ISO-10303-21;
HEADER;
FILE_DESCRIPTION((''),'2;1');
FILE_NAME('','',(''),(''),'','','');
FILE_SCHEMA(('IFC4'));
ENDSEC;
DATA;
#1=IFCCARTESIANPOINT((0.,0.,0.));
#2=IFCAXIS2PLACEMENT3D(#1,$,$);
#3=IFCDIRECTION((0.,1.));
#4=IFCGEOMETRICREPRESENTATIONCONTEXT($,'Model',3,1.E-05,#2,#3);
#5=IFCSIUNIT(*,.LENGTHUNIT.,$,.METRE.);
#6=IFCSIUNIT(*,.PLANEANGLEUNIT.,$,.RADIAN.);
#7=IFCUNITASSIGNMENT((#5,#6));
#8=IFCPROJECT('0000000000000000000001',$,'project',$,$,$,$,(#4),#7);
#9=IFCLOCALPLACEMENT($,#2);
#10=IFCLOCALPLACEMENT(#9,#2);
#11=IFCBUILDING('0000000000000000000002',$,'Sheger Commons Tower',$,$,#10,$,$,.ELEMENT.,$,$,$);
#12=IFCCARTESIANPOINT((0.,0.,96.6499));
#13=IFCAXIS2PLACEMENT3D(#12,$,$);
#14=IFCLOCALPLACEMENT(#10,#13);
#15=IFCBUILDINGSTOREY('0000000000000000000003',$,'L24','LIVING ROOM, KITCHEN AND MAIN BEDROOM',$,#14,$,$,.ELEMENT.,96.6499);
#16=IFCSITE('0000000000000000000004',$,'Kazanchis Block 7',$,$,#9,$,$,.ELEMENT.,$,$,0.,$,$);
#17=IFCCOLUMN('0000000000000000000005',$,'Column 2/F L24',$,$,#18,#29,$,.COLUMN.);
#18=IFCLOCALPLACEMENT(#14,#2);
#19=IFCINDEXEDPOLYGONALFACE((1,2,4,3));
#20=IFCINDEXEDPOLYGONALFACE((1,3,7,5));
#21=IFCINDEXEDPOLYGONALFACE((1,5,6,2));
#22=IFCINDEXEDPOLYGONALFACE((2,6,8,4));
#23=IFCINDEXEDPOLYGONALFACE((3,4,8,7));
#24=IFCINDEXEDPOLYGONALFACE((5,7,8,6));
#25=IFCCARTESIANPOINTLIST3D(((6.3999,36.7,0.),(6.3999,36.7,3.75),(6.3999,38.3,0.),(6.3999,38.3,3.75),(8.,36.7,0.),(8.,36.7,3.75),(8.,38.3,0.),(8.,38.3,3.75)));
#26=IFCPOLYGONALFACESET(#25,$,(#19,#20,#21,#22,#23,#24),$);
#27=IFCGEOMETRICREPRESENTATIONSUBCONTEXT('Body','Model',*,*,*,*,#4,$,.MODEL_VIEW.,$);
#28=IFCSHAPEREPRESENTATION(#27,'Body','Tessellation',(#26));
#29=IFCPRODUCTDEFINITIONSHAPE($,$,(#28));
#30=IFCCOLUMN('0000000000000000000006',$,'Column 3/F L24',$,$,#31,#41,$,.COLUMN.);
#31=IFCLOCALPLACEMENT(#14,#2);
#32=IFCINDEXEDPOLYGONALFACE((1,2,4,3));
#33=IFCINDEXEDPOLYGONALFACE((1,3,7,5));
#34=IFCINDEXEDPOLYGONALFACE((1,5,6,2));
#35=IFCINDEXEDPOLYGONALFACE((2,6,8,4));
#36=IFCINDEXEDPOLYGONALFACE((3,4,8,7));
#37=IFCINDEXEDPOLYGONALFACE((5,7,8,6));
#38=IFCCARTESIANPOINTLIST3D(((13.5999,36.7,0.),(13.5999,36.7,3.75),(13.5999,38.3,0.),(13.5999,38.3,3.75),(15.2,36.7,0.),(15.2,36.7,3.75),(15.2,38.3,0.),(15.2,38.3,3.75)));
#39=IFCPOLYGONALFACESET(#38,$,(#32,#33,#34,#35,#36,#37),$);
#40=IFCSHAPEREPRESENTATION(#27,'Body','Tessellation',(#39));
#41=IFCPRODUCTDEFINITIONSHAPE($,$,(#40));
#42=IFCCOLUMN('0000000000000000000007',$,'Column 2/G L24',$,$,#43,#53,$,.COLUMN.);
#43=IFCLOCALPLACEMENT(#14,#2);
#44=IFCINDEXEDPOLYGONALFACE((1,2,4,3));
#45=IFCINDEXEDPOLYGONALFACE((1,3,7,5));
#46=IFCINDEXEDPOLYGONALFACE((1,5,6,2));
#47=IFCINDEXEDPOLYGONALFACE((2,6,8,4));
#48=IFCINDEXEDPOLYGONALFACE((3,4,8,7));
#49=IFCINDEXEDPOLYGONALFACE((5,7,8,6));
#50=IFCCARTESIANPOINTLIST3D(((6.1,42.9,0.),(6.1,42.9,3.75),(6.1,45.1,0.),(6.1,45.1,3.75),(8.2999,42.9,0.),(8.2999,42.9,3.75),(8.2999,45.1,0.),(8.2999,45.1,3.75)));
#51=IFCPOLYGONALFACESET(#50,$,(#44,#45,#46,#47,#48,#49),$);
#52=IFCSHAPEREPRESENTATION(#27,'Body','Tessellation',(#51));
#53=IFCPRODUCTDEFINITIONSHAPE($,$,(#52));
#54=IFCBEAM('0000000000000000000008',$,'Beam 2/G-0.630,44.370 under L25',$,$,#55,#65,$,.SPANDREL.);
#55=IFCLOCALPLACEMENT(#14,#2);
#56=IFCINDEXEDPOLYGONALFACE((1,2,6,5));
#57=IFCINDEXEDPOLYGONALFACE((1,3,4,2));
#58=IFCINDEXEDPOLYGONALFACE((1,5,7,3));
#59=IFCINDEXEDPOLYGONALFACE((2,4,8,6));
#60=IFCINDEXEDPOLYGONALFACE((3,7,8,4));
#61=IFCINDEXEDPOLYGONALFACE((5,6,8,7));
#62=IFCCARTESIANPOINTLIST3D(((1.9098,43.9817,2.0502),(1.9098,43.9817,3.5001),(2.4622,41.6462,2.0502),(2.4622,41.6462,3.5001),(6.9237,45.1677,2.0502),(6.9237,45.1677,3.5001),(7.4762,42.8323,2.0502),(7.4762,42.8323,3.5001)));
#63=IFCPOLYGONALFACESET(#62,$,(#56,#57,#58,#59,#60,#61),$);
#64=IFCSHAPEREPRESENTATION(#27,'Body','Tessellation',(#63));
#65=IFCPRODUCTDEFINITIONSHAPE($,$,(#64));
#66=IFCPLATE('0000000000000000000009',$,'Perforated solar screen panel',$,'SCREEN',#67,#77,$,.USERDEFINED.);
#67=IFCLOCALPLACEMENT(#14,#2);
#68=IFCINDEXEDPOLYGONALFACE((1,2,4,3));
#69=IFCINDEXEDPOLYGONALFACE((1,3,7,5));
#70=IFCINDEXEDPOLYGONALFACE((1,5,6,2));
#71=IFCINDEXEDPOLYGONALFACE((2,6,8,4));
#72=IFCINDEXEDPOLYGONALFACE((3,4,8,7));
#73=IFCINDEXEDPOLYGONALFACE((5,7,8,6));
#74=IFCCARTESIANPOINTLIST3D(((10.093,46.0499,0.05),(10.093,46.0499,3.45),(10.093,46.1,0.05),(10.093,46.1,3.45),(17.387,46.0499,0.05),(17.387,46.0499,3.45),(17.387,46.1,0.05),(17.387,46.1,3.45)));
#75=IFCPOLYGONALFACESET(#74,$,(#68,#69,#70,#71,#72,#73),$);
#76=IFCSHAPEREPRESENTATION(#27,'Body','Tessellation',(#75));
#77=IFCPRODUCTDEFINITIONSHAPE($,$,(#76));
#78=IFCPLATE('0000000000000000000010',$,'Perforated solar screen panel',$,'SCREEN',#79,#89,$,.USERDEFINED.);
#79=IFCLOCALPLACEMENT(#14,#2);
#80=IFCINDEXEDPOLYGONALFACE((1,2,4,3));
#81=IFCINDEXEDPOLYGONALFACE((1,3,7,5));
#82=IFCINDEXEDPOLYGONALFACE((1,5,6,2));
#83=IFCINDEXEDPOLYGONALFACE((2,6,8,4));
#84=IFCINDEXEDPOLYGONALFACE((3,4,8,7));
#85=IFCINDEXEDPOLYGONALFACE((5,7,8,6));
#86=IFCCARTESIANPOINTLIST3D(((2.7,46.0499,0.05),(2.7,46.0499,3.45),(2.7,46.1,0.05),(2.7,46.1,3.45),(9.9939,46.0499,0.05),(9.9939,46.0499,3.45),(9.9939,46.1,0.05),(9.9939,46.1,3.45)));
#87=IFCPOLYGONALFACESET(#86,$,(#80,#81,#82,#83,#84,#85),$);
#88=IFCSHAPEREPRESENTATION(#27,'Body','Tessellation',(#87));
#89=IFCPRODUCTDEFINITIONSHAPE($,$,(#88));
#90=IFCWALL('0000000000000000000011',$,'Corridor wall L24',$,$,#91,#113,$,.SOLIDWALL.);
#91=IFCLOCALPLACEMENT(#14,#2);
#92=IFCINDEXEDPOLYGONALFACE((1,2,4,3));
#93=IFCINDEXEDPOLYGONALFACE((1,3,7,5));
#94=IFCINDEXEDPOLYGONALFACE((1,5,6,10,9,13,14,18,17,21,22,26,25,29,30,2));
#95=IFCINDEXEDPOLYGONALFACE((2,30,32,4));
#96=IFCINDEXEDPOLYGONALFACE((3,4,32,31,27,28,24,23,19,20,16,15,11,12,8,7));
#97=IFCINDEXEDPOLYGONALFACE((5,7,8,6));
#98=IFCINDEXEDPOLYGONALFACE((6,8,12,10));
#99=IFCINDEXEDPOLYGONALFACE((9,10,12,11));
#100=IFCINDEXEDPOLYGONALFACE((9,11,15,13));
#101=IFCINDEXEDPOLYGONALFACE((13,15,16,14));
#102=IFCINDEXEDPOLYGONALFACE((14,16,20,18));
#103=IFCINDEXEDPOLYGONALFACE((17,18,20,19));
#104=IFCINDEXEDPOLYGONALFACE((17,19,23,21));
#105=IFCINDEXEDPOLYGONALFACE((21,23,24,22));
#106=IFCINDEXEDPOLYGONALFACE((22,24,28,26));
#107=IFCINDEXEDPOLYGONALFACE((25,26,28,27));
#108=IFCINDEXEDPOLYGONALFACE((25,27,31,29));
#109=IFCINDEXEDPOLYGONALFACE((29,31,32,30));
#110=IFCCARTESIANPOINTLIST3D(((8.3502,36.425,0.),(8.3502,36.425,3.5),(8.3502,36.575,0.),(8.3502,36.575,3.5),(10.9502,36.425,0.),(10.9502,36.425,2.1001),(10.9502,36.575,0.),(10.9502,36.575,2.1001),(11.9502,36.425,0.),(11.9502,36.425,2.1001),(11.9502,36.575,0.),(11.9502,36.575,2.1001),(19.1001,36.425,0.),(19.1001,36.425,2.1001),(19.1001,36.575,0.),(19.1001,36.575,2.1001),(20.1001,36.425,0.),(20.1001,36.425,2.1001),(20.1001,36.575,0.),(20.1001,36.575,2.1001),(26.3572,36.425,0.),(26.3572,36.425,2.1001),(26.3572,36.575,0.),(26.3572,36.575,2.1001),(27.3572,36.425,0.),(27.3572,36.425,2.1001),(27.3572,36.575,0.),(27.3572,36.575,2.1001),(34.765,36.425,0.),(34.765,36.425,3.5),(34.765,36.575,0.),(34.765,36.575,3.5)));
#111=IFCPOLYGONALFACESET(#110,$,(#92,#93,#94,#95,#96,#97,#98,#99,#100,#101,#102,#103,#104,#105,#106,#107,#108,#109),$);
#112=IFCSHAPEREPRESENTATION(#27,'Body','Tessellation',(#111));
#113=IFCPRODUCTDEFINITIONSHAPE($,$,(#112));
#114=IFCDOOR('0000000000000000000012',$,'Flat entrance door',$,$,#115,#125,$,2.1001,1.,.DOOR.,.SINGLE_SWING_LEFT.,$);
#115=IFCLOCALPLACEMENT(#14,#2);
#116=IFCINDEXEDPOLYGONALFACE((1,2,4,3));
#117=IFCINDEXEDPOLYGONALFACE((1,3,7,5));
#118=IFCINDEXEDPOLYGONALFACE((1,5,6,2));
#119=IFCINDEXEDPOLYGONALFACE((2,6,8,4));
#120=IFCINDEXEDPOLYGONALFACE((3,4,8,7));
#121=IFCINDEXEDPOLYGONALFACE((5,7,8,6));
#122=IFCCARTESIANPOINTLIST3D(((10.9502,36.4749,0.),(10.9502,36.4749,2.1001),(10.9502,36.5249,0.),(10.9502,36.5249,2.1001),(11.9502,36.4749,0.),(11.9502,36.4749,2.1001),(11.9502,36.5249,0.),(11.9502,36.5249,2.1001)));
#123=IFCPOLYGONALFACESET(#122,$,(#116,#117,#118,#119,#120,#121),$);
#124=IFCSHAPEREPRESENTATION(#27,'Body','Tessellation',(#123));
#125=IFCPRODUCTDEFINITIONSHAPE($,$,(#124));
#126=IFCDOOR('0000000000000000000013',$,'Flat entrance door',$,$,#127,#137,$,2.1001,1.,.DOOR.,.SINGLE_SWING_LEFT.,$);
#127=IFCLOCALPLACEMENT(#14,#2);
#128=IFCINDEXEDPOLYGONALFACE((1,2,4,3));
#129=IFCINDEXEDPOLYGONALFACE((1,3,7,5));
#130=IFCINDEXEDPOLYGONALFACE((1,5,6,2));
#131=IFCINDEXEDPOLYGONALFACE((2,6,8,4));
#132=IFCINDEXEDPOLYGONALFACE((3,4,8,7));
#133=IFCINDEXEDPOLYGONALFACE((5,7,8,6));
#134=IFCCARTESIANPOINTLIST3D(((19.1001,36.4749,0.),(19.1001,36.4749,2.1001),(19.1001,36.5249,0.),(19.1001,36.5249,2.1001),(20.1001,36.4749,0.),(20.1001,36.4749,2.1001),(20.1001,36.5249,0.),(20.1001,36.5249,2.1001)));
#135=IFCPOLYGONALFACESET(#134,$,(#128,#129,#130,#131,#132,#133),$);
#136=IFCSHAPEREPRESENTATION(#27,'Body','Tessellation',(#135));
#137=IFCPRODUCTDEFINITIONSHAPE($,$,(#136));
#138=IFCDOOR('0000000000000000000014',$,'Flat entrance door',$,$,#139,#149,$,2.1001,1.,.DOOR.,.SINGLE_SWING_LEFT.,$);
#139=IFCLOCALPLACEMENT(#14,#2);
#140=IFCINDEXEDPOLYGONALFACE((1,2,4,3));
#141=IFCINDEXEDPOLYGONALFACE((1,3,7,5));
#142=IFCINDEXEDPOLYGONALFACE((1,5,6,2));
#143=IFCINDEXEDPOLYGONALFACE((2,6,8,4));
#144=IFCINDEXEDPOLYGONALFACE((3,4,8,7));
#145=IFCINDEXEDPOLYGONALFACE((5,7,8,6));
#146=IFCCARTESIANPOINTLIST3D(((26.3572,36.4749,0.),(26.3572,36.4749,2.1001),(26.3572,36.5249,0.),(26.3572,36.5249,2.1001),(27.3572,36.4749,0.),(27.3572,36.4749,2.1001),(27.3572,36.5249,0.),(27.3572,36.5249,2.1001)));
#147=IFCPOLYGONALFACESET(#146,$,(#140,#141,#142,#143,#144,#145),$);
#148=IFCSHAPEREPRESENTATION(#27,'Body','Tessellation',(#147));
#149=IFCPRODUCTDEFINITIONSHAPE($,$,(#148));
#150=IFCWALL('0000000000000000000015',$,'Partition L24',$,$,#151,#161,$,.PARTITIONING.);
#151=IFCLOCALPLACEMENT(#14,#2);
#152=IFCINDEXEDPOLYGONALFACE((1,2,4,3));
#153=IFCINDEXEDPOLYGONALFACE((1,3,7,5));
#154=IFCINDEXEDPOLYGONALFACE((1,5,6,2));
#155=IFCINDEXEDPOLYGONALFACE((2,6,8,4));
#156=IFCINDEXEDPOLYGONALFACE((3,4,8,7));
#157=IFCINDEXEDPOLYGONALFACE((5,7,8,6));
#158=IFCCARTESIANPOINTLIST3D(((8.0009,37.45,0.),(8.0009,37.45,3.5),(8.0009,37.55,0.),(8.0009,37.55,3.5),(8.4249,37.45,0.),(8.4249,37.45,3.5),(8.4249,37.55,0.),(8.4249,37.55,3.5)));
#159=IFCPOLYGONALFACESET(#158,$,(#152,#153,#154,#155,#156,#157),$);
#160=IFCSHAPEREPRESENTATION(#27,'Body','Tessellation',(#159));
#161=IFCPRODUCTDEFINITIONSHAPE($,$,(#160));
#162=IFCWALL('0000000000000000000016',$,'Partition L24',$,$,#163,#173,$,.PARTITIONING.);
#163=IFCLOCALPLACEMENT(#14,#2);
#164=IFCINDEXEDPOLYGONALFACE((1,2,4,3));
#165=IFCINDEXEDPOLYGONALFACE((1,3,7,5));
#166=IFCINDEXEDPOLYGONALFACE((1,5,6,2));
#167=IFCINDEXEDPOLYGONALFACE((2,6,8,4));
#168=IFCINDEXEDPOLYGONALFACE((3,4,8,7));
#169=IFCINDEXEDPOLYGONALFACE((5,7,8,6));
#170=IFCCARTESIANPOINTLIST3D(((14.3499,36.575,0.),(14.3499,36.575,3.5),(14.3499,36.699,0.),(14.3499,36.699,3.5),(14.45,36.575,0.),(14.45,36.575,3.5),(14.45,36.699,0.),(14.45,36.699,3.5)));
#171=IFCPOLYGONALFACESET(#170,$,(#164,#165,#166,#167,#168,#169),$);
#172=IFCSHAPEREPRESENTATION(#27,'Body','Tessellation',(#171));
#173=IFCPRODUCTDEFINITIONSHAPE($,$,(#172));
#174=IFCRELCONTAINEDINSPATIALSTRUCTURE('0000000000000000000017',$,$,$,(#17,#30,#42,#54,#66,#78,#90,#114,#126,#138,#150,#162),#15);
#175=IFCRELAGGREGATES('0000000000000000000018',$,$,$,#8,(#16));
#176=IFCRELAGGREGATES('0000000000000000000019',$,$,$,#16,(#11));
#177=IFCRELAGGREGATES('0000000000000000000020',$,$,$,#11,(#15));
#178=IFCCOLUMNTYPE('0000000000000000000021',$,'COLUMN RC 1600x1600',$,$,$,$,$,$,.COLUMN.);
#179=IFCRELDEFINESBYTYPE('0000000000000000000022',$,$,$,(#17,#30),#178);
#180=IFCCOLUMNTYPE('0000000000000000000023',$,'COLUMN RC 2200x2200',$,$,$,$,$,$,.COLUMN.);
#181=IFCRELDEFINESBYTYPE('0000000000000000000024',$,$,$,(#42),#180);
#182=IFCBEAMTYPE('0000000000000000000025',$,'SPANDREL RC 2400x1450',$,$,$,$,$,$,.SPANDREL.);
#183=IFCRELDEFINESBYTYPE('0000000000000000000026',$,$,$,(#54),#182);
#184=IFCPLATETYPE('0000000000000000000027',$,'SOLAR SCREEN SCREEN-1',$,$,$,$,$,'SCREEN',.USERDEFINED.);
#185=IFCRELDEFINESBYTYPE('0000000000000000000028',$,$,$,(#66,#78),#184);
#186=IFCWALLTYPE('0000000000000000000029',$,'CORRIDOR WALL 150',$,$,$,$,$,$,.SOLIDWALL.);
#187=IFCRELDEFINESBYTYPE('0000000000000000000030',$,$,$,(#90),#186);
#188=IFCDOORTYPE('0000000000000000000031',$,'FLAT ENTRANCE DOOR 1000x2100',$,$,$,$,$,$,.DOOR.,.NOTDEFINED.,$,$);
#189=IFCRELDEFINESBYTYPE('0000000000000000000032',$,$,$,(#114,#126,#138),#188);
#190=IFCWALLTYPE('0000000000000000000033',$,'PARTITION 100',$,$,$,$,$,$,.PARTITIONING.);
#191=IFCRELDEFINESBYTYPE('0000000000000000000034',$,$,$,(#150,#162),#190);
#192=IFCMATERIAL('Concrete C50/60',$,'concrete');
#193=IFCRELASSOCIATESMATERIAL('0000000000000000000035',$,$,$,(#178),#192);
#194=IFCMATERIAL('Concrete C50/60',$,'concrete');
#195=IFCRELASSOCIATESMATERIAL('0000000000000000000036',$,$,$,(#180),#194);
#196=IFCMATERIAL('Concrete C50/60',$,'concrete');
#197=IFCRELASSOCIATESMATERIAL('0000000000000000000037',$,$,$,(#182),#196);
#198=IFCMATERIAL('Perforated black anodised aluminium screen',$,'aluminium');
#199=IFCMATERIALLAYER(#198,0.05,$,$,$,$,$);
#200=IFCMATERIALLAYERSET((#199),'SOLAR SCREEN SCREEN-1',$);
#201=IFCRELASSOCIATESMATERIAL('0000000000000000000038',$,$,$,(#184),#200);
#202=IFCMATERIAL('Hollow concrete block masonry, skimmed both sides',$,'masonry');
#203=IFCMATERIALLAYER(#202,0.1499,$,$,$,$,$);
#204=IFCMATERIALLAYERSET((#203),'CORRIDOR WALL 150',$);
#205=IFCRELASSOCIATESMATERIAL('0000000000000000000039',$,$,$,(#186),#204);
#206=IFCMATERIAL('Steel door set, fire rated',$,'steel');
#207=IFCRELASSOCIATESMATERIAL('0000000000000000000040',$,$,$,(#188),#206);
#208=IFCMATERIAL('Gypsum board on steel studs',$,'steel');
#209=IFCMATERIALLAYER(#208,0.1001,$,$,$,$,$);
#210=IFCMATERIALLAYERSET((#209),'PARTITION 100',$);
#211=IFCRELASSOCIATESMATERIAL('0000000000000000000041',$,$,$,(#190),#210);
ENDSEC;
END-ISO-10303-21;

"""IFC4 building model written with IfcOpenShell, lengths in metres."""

from ifc_helpers import new_model, si_unit, direction, frame, frame_2d, origin, origin_2d, place, context, subcontext, project, spatial, rectangle, extrude, material, layer, layer_set, material_profile, profile_set, type_object, element, fill, save


model = new_model("IFC4")

# Units and contexts
model_context = context("Model", 3, precision=1e-05, world=origin(), true_north=direction((0.0, 1.0)))
body_context = subcontext(model_context, "Body", "Model", "MODEL_VIEW")
ifc_project = project(units=[si_unit("LENGTHUNIT", "METRE"), si_unit("PLANEANGLEUNIT", "RADIAN")], contexts=[model_context])

# Site, building, storey
site_placement = place(None, origin())
site = spatial("IfcSite", under=ifc_project, at=site_placement, Name="Kazanchis Block 7", CompositionType="ELEMENT", RefElevation=0.0)
building_placement = place(site_placement, origin())
building = spatial("IfcBuilding", under=site, at=building_placement, Name="Sheger Commons Tower", CompositionType="ELEMENT")
storey_placement = place(building_placement, frame((0.0, 0.0, 96.6499)))
storey = spatial("IfcBuildingStorey", under=building, at=storey_placement, Name="L24", Description="LIVING ROOM, KITCHEN AND MAIN BEDROOM", CompositionType="ELEMENT", Elevation=96.6499)

# Columns
ifc_material_1 = material(Name="Concrete C50/60", Category="concrete")
ifc_material_profile_1 = material_profile(ifc_material_1, rectangle(XDim=1.6001, YDim=1.6001, at=origin_2d()), Name="RC 1600x1600")
ifc_profile_set_1 = profile_set([ifc_material_profile_1], Name="Concrete C50/60")
column_type_1 = type_object("IfcColumnType", Name="COLUMN RC 1600x1600", PredefinedType="COLUMN", material=ifc_profile_set_1)
for number, where, z_axis, x_axis, name in (
    (1, (7.2, 37.5, 0.0), (0.0, 0.0, 1.0), (1.0, 0.0, 0.0), "Column 2/F L24"),
    (2, (14.3999, 37.5, 0.0), (0.0, 0.0, 1.0), (1.0, 0.0, 0.0), "Column 3/F L24"),
):
    element("IfcColumn", number, at=place(storey_placement, frame(where, z_axis=z_axis, x_axis=x_axis)), inside=storey, type_object=column_type_1, Name=name, PredefinedType="COLUMN", context=body_context, shape_type="SweptSolid", body=[
        extrude(rectangle(XDim=1.6001, YDim=1.6001, at=origin_2d()), origin(), (0.0, 0.0, 1.0), 3.75),
    ])
ifc_material_2 = material(Name="Concrete C50/60", Category="concrete")
ifc_material_profile_2 = material_profile(ifc_material_2, rectangle(XDim=2.2, YDim=2.2, at=origin_2d()), Name="RC 2200x2200")
ifc_profile_set_2 = profile_set([ifc_material_profile_2], Name="Concrete C50/60")
column_type_2 = type_object("IfcColumnType", Name="COLUMN RC 2200x2200", PredefinedType="COLUMN", material=ifc_profile_set_2)
column_placement = place(storey_placement, frame((7.2, 44.0, 0.0), z_axis=(0.0, 0.0, 1.0), x_axis=(1.0, 0.0, 0.0)))
element("IfcColumn", 3, at=column_placement, inside=storey, type_object=column_type_2, Name="Column 2/G L24", PredefinedType="COLUMN", context=body_context, shape_type="SweptSolid", body=[
    extrude(rectangle(XDim=2.2, YDim=2.2, at=origin_2d()), origin(), (0.0, 0.0, 1.0), 3.75),
])

# Beam
ifc_material_3 = material(Name="Concrete C50/60", Category="concrete")
ifc_material_profile_3 = material_profile(ifc_material_3, rectangle(XDim=2.3999, YDim=1.45, at=origin_2d()), Name="RC 2400x1450")
ifc_profile_set_3 = profile_set([ifc_material_profile_3], Name="Concrete C50/60")
beam_type = type_object("IfcBeamType", Name="SPANDREL RC 2400x1450", PredefinedType="SPANDREL", material=ifc_profile_set_3)
beam_placement = place(storey_placement, frame((7.2, 44.0, 2.7751), z_axis=(-0.973144, -0.230196, 0.0), x_axis=(0.230196, -0.973144, 0.0)))
element("IfcBeam", 4, at=beam_placement, inside=storey, type_object=beam_type, Name="Beam 2/G-0.630,44.370 under L25", PredefinedType="SPANDREL", context=body_context, shape_type="SweptSolid", body=[
    extrude(rectangle(XDim=2.3999, YDim=1.45, at=origin_2d()), origin(), (0.0, 0.0, 1.0), 5.1523),
])

# Plates
ifc_material_4 = material(Name="Perforated black anodised aluminium screen", Category="aluminium")
ifc_layer_1 = layer(ifc_material_4, 0.05)
ifc_layer_set_1 = layer_set([ifc_layer_1], Name="SOLAR SCREEN SCREEN-1")
plate_type = type_object("IfcPlateType", Name="SOLAR SCREEN SCREEN-1", ElementType="SCREEN", PredefinedType="USERDEFINED", material=ifc_layer_set_1)
for number, where, z_axis, x_axis, name in (
    (5, (13.74, 46.075, 0.05), (0.0, 0.0, 1.0), (-1.0, 0.0, 0.0), "Perforated solar screen panel"),
    (6, (6.3469, 46.075, 0.05), (0.0, 0.0, 1.0), (-1.0, 0.0, 0.0), "Perforated solar screen panel"),
):
    element("IfcPlate", number, at=place(storey_placement, frame(where, z_axis=z_axis, x_axis=x_axis)), inside=storey, type_object=plate_type, Name=name, ObjectType="SCREEN", PredefinedType="USERDEFINED", context=body_context, shape_type="SweptSolid", body=[
        extrude(rectangle(XDim=7.2939, YDim=0.05, at=origin_2d()), origin(), (0.0, 0.0, 1.0), 3.3999),
    ])

# Wall, openings, doors
ifc_material_5 = material(Name="Hollow concrete block masonry, skimmed both sides", Category="masonry")
ifc_layer_2 = layer(ifc_material_5, 0.1499)
ifc_layer_set_2 = layer_set([ifc_layer_2], Name="CORRIDOR WALL 150")
wall_type_1 = type_object("IfcWallType", Name="CORRIDOR WALL 150", PredefinedType="SOLIDWALL", material=ifc_layer_set_2)
wall_1_placement = place(storey_placement, frame((8.3501, 36.5, 0.0), z_axis=(0.0, 0.0, 1.0), x_axis=(1.0, 0.0, 0.0)))
wall_1 = element("IfcWall", 7, at=wall_1_placement, inside=storey, type_object=wall_type_1, Name="Corridor wall L24", PredefinedType="SOLIDWALL", context=body_context, shape_type="SweptSolid", body=[
    extrude(rectangle(XDim=26.4148, YDim=0.1499, at=frame_2d((13.2075, 0.0))), origin(), (0.0, 0.0, 1.0), 3.5),
])
opening_1_placement = place(wall_1_placement, frame((2.6001, 0.0, 0.0)))
opening_1 = element("IfcOpeningElement", 8, at=opening_1_placement, cuts=wall_1, PredefinedType="OPENING", context=body_context, shape_type="SweptSolid", body=[
    extrude(rectangle(XDim=1.0, YDim=2.1001, at=frame_2d((0.5, 1.05))), frame((0.0, 0.085, 0.0), z_axis=(0.0, -1.0, 0.0), x_axis=(1.0, 0.0, 0.0)), (0.0, 0.0, 1.0), 0.1699),
])
opening_2_placement = place(wall_1_placement, frame((10.75, 0.0, 0.0)))
opening_2 = element("IfcOpeningElement", 9, at=opening_2_placement, cuts=wall_1, PredefinedType="OPENING", context=body_context, shape_type="SweptSolid", body=[
    extrude(rectangle(XDim=1.0, YDim=2.1001, at=frame_2d((0.5, 1.05))), frame((0.0, 0.085, 0.0), z_axis=(0.0, -1.0, 0.0), x_axis=(1.0, 0.0, 0.0)), (0.0, 0.0, 1.0), 0.1699),
])
opening_3_placement = place(wall_1_placement, frame((18.0071, 0.0, 0.0)))
opening_3 = element("IfcOpeningElement", 10, at=opening_3_placement, cuts=wall_1, PredefinedType="OPENING", context=body_context, shape_type="SweptSolid", body=[
    extrude(rectangle(XDim=1.0, YDim=2.1001, at=frame_2d((0.5, 1.05))), frame((0.0, 0.085, 0.0), z_axis=(0.0, -1.0, 0.0), x_axis=(1.0, 0.0, 0.0)), (0.0, 0.0, 1.0), 0.1699),
])
ifc_material_6 = material(Name="Steel door set, fire rated", Category="steel")
door_type_1 = type_object("IfcDoorType", Name="FLAT ENTRANCE DOOR 1000x2100", OperationType="NOTDEFINED", PredefinedType="DOOR", material=ifc_material_6)
door_1_placement = place(opening_1_placement, origin())
door_1 = element("IfcDoor", 11, at=door_1_placement, inside=storey, type_object=door_type_1, Name="Flat entrance door", OperationType="SINGLE_SWING_LEFT", OverallHeight=2.1001, OverallWidth=1.0, PredefinedType="DOOR", context=body_context, shape_type="SweptSolid", body=[
    extrude(rectangle(XDim=1.0, YDim=2.1001, at=frame_2d((0.5, 1.05))), frame((0.0, 0.0249, 0.0), z_axis=(0.0, -1.0, 0.0), x_axis=(1.0, 0.0, 0.0)), (0.0, 0.0, 1.0), 0.05),
])
fill(opening_1, door_1)
door_2_placement = place(opening_2_placement, origin())
door_2 = element("IfcDoor", 12, at=door_2_placement, inside=storey, type_object=door_type_1, Name="Flat entrance door", OperationType="SINGLE_SWING_LEFT", OverallHeight=2.1001, OverallWidth=1.0, PredefinedType="DOOR", context=body_context, shape_type="SweptSolid", body=[
    extrude(rectangle(XDim=1.0, YDim=2.1001, at=frame_2d((0.5, 1.05))), frame((0.0, 0.0249, 0.0), z_axis=(0.0, -1.0, 0.0), x_axis=(1.0, 0.0, 0.0)), (0.0, 0.0, 1.0), 0.05),
])
fill(opening_2, door_2)
door_3_placement = place(opening_3_placement, origin())
door_3 = element("IfcDoor", 13, at=door_3_placement, inside=storey, type_object=door_type_1, Name="Flat entrance door", OperationType="SINGLE_SWING_LEFT", OverallHeight=2.1001, OverallWidth=1.0, PredefinedType="DOOR", context=body_context, shape_type="SweptSolid", body=[
    extrude(rectangle(XDim=1.0, YDim=2.1001, at=frame_2d((0.5, 1.05))), frame((0.0, 0.0249, 0.0), z_axis=(0.0, -1.0, 0.0), x_axis=(1.0, 0.0, 0.0)), (0.0, 0.0, 1.0), 0.05),
])
fill(opening_3, door_3)

# Walls
ifc_material_7 = material(Name="Gypsum board on steel studs", Category="steel")
ifc_layer_3 = layer(ifc_material_7, 0.1001)
ifc_layer_set_3 = layer_set([ifc_layer_3], Name="PARTITION 100")
wall_type_2 = type_object("IfcWallType", Name="PARTITION 100", PredefinedType="PARTITIONING", material=ifc_layer_set_3)
wall_2_placement = place(storey_placement, frame((8.001, 37.5, 0.0), z_axis=(0.0, 0.0, 1.0), x_axis=(1.0, 0.0, 0.0)))
element("IfcWall", 14, at=wall_2_placement, inside=storey, type_object=wall_type_2, Name="Partition L24", PredefinedType="PARTITIONING", context=body_context, shape_type="SweptSolid", body=[
    extrude(rectangle(XDim=0.4241, YDim=0.1001, at=frame_2d((0.2119, 0.0))), origin(), (0.0, 0.0, 1.0), 3.5),
])
wall_3_placement = place(storey_placement, frame((14.3999, 36.575, 0.0), z_axis=(0.0, 0.0, 1.0), x_axis=(0.0, 1.0, 0.0)))
element("IfcWall", 15, at=wall_3_placement, inside=storey, type_object=wall_type_2, Name="Partition L24", PredefinedType="PARTITIONING", context=body_context, shape_type="SweptSolid", body=[
    extrude(rectangle(XDim=0.124, YDim=0.1001, at=frame_2d((0.062, 0.0))), origin(), (0.0, 0.0, 1.0), 3.5),
])

save(model, "model.ifc")
